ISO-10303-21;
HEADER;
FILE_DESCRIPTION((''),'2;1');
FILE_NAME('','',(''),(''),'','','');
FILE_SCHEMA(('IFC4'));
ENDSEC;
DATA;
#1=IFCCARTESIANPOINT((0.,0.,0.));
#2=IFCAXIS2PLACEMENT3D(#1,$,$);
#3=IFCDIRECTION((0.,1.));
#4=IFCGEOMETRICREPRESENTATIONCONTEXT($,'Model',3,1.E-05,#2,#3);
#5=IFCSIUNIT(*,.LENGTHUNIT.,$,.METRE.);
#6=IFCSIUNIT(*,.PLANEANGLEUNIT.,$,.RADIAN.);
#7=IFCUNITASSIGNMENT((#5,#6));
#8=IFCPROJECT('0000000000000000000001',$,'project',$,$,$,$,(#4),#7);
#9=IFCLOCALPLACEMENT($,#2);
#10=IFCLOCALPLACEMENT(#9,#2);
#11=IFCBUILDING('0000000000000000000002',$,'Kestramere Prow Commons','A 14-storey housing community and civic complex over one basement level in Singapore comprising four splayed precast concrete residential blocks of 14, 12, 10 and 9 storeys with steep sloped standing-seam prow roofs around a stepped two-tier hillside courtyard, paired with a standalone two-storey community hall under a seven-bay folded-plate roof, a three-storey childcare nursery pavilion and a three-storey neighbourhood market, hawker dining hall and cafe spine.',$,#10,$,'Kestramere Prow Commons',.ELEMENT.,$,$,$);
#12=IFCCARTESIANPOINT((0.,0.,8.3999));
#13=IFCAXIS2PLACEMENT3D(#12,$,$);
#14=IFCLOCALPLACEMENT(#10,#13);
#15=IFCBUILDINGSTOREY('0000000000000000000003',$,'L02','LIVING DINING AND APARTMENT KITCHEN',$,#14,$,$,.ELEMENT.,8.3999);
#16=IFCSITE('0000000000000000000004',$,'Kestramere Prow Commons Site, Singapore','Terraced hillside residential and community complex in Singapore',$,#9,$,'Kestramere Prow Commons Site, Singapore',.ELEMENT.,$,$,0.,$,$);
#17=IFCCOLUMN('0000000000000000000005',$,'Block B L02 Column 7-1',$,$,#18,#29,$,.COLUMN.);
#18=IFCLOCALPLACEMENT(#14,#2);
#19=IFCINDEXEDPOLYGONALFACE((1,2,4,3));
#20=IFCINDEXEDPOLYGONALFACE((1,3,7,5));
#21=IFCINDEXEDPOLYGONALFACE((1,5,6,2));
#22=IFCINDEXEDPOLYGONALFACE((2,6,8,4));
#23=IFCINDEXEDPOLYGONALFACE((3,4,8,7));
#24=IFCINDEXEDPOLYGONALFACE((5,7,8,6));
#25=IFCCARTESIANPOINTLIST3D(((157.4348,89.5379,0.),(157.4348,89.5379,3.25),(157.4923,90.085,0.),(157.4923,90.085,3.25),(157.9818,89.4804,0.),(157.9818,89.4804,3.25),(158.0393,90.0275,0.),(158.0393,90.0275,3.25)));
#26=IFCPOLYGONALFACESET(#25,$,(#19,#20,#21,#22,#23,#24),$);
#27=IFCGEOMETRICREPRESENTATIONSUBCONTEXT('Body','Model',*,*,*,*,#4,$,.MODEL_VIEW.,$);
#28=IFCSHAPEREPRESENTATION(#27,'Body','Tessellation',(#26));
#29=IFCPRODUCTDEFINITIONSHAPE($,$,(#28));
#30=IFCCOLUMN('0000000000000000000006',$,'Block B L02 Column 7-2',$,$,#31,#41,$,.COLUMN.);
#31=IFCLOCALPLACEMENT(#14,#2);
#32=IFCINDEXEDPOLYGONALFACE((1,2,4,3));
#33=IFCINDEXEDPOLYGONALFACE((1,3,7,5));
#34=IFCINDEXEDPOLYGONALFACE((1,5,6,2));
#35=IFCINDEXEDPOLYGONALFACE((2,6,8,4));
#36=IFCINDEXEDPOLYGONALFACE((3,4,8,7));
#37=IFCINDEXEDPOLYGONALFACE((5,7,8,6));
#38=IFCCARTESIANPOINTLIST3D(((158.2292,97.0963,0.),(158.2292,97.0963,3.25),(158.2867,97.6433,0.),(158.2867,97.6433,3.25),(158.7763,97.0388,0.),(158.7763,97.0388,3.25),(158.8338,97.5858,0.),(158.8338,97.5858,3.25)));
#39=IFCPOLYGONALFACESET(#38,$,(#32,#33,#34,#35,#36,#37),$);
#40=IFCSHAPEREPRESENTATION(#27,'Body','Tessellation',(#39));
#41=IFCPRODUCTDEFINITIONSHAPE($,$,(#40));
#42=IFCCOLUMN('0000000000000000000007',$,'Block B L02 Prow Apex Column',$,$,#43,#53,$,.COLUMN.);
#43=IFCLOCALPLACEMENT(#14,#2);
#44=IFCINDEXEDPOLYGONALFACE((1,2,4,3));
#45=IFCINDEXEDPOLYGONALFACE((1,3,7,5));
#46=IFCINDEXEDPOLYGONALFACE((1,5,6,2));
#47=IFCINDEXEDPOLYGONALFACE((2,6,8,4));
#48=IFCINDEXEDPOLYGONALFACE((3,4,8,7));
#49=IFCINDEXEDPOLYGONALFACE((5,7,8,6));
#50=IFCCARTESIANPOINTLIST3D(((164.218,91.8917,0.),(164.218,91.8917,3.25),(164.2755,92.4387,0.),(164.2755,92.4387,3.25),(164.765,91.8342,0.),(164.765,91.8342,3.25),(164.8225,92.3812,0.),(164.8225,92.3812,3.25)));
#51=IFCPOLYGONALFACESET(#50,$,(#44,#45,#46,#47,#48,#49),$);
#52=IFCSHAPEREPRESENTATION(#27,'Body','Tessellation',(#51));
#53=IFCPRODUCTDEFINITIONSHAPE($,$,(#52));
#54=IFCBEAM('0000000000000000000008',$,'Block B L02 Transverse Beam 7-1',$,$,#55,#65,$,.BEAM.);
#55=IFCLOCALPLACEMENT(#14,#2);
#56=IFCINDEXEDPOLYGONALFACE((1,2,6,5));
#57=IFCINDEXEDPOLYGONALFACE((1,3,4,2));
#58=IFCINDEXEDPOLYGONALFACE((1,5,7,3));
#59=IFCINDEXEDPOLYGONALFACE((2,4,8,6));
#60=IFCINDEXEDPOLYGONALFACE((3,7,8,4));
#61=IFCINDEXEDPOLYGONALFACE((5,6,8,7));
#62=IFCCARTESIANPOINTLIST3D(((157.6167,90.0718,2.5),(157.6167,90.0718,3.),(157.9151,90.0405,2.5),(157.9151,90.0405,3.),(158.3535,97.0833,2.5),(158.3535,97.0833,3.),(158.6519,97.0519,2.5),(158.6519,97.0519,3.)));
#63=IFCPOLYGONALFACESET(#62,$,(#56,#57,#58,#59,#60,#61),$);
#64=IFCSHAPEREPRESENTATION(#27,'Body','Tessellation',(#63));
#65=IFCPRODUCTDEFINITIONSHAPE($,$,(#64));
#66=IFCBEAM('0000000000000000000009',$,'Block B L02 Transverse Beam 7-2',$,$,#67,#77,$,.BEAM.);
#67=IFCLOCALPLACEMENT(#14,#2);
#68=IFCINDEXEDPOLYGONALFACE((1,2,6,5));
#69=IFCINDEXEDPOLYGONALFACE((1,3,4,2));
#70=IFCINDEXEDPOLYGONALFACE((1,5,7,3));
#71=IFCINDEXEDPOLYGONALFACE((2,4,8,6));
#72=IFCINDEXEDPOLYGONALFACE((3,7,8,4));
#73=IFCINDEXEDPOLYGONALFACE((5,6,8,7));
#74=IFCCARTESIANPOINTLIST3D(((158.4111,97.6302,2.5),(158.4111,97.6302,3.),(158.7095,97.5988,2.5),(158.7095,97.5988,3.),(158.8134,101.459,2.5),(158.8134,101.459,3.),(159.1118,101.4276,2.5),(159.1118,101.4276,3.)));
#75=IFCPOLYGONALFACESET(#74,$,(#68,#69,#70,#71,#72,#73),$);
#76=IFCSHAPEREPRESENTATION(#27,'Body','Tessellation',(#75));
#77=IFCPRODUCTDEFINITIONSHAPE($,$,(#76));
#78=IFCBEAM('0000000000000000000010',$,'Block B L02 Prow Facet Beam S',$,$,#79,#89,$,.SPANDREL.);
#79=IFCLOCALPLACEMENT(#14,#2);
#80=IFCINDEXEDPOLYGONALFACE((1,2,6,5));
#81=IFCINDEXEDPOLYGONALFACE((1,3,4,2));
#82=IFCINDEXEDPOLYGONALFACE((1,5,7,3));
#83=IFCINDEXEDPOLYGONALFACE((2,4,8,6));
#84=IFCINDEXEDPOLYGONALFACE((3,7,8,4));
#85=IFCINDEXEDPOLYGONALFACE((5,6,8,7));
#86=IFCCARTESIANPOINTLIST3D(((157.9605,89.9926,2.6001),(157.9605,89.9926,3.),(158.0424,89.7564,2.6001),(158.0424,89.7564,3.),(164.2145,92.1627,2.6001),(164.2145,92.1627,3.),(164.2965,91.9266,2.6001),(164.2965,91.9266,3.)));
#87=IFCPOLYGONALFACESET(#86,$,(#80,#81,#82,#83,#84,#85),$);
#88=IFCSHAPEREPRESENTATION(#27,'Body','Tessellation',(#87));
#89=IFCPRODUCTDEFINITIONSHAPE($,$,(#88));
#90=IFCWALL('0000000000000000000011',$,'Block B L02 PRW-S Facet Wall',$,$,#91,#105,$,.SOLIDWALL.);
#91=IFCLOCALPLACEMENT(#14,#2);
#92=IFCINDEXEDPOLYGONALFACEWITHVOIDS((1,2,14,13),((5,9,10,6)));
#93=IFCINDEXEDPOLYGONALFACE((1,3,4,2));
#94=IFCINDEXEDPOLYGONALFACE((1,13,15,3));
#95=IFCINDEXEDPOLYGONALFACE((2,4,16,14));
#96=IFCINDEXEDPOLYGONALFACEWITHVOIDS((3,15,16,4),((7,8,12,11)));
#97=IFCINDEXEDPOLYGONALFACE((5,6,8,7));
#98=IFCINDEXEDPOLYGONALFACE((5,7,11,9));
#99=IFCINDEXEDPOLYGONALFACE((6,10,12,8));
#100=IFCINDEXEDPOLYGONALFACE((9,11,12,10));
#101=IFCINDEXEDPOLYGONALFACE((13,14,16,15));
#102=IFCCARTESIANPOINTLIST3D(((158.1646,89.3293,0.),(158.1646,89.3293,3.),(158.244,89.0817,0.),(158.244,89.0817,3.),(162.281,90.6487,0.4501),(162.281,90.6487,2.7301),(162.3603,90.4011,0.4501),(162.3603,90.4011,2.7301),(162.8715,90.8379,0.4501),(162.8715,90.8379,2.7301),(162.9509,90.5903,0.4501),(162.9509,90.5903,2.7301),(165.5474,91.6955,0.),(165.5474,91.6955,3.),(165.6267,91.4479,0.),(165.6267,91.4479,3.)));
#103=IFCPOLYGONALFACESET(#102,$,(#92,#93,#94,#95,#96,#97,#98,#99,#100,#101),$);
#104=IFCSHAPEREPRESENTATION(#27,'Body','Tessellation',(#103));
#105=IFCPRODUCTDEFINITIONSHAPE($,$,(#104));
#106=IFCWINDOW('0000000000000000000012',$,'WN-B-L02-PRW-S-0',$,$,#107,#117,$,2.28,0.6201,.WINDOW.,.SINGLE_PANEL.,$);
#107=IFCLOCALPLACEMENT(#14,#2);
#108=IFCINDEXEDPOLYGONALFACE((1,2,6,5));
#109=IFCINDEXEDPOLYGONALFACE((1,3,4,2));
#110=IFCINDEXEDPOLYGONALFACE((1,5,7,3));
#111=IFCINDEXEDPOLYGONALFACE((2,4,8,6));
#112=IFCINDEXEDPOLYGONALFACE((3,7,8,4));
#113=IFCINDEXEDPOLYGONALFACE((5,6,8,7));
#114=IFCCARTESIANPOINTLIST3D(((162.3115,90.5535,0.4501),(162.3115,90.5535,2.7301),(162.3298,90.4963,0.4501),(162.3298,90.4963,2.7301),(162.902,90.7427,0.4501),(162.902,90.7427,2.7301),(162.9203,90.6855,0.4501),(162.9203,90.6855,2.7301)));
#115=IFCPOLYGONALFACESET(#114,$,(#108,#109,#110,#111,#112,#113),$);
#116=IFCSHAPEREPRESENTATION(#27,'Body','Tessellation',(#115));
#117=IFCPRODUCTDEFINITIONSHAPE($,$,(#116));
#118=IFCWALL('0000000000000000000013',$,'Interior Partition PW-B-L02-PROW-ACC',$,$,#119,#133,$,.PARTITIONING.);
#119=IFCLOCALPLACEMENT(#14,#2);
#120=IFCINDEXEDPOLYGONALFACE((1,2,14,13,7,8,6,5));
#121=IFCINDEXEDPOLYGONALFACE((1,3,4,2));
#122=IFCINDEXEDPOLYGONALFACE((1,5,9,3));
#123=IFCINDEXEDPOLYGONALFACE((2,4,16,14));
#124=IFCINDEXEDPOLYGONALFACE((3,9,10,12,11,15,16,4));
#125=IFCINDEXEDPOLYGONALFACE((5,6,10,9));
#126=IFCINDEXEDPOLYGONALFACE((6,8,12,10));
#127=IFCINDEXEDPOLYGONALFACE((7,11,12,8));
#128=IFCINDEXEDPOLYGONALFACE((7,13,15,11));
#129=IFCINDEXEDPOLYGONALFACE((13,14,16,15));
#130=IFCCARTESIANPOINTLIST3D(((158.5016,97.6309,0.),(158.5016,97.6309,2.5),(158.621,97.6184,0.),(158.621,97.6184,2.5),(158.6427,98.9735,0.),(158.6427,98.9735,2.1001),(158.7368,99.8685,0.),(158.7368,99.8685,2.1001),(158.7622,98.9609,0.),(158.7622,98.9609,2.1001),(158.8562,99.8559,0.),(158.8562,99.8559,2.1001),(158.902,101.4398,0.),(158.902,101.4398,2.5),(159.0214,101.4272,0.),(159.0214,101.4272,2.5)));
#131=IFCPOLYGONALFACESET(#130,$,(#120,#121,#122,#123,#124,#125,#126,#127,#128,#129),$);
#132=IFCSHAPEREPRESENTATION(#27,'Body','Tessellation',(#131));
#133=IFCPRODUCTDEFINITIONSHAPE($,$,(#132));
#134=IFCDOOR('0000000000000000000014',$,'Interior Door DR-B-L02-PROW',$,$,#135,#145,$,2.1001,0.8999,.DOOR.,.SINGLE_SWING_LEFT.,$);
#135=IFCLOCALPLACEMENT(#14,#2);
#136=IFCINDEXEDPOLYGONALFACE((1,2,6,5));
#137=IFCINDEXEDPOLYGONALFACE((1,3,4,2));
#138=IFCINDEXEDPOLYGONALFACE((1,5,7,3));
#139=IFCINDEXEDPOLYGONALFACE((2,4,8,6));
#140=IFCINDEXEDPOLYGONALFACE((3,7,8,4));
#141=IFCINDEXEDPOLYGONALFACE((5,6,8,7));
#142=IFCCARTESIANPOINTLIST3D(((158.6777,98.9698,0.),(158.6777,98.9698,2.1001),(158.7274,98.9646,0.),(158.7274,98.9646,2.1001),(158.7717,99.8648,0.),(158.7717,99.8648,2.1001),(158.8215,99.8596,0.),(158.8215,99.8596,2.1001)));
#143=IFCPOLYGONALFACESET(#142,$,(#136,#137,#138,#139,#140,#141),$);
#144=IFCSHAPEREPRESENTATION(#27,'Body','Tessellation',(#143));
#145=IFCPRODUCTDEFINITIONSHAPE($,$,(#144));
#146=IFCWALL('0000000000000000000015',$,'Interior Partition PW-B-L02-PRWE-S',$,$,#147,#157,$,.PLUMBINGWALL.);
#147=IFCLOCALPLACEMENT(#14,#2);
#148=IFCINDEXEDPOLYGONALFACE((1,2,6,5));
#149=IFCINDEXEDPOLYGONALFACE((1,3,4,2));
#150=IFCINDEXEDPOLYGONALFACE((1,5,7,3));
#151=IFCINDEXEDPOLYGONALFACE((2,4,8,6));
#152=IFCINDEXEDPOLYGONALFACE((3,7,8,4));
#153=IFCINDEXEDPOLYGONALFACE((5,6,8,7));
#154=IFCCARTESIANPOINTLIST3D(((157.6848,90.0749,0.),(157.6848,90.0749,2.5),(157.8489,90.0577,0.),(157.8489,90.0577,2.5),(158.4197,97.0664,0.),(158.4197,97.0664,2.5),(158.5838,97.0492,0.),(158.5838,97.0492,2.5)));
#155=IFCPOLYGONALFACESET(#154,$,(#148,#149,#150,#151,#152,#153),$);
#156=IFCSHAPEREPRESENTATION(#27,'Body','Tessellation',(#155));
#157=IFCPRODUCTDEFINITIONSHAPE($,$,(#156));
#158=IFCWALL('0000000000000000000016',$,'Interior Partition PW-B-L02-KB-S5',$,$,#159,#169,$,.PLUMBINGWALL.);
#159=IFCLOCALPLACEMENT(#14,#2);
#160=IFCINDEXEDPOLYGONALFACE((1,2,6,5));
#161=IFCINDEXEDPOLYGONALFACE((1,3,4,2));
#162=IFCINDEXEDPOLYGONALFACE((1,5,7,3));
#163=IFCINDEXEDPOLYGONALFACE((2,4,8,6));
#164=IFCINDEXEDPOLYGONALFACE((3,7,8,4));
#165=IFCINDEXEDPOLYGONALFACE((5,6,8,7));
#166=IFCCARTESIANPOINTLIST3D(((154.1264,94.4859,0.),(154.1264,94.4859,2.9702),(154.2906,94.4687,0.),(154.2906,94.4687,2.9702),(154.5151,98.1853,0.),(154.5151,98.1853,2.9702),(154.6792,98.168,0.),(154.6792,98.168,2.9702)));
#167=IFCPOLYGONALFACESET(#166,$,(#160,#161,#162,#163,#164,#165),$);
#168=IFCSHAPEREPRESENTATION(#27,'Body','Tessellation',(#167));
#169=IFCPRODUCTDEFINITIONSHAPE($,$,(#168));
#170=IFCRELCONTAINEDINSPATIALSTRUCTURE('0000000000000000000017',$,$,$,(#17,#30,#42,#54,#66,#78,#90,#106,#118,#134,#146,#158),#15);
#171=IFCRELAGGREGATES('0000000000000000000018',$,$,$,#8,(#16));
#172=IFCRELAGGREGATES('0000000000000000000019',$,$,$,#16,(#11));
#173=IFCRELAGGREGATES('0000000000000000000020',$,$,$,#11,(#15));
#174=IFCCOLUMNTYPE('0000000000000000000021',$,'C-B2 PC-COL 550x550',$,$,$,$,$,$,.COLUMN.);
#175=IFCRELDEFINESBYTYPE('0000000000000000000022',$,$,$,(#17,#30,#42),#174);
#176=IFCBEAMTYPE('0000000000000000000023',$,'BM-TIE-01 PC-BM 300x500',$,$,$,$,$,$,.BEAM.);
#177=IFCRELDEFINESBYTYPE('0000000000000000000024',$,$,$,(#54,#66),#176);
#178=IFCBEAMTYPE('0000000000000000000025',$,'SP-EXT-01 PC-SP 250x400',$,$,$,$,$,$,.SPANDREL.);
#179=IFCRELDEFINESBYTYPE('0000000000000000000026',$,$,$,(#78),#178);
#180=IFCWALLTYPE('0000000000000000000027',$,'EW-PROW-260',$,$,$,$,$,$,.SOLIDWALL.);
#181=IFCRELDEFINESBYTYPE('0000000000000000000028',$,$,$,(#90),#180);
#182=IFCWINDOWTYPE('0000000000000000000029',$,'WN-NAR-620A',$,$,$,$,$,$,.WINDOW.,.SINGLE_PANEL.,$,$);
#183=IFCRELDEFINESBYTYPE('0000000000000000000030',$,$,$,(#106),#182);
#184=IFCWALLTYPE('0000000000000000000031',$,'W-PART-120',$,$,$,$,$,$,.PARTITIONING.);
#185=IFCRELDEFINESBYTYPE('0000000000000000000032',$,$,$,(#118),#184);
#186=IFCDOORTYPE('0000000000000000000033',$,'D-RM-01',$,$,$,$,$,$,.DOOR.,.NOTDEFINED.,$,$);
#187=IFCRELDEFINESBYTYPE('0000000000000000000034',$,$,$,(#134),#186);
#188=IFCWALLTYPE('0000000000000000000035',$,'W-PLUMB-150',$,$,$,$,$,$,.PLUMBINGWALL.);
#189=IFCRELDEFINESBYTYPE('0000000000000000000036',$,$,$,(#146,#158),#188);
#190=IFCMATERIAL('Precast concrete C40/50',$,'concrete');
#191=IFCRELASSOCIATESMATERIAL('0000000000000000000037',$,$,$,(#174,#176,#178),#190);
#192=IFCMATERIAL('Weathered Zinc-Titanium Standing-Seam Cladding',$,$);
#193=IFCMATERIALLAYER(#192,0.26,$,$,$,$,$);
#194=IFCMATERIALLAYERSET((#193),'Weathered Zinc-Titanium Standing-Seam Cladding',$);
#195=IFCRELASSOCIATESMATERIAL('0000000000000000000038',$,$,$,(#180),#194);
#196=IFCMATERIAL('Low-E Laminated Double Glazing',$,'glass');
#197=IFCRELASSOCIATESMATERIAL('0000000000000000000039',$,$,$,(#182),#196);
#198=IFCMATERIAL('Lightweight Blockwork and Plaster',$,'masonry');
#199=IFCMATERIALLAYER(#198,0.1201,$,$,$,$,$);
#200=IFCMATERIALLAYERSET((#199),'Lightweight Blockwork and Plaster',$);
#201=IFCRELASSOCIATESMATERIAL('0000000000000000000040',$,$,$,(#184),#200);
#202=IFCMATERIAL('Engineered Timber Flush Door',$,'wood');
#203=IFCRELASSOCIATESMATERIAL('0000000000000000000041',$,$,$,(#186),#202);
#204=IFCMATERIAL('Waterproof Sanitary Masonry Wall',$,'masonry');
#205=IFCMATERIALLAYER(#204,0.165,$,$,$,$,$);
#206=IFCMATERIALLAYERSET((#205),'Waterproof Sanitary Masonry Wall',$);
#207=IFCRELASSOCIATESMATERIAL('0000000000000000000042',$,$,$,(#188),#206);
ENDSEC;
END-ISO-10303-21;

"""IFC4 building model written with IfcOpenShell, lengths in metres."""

from ifc_helpers import new_model, si_unit, direction, frame, frame_2d, origin, origin_2d, place, context, subcontext, project, spatial, rectangle, extrude, material, layer, layer_set, material_profile, profile_set, type_object, element, fill, save


model = new_model("IFC4")

# Units and contexts
model_context = context("Model", 3, precision=1e-05, world=origin(), true_north=direction((0.0, 1.0)))
body_context = subcontext(model_context, "Body", "Model", "MODEL_VIEW")
ifc_project = project(units=[si_unit("LENGTHUNIT", "METRE"), si_unit("PLANEANGLEUNIT", "RADIAN")], contexts=[model_context])

# Site, building, storey
site_placement = place(None, origin())
site = spatial("IfcSite", under=ifc_project, at=site_placement, Name="Kestramere Prow Commons Site, Singapore", Description="Terraced hillside residential and community complex in Singapore", LongName="Kestramere Prow Commons Site, Singapore", CompositionType="ELEMENT", RefElevation=0.0)
building_placement = place(site_placement, origin())
building = spatial("IfcBuilding", under=site, at=building_placement, Name="Kestramere Prow Commons", Description="A 14-storey housing community and civic complex over one basement level in Singapore comprising four splayed precast concrete residential blocks of 14, 12, 10 and 9 storeys with steep sloped standing-seam prow roofs around a stepped two-tier hillside courtyard, paired with a standalone two-storey community hall under a seven-bay folded-plate roof, a three-storey childcare nursery pavilion and a three-storey neighbourhood market, hawker dining hall and cafe spine.", LongName="Kestramere Prow Commons", CompositionType="ELEMENT")
storey_placement = place(building_placement, frame((0.0, 0.0, 8.3999)))
storey = spatial("IfcBuildingStorey", under=building, at=storey_placement, Name="L02", Description="LIVING DINING AND APARTMENT KITCHEN", CompositionType="ELEMENT", Elevation=8.3999)

# Columns
ifc_material_1 = material(Name="Precast concrete C40/50", Category="concrete")
ifc_material_profile_1 = material_profile(ifc_material_1, rectangle(XDim=0.55, YDim=0.55, at=origin_2d()), Name="PC-COL 550x550")
ifc_profile_set_1 = profile_set([ifc_material_profile_1], Name="Precast concrete C40/50")
column_type = type_object("IfcColumnType", Name="C-B2 PC-COL 550x550", PredefinedType="COLUMN", material=ifc_profile_set_1)
for number, where, z_axis, x_axis, name in (
    (1, (157.7371, 89.7827, 0.0), (0.0, 0.0, 1.0), (0.994522, -0.104528, 0.0), "Block B L02 Column 7-1"),
    (2, (158.5315, 97.3411, 0.0), (0.0, 0.0, 1.0), (0.994522, -0.104528, 0.0), "Block B L02 Column 7-2"),
    (3, (164.5203, 92.1365, 0.0), (0.0, 0.0, 1.0), (0.994522, -0.104528, 0.0), "Block B L02 Prow Apex Column"),
):
    element("IfcColumn", number, at=place(storey_placement, frame(where, z_axis=z_axis, x_axis=x_axis)), inside=storey, type_object=column_type, Name=name, PredefinedType="COLUMN", context=body_context, shape_type="SweptSolid", body=[
        extrude(rectangle(XDim=0.55, YDim=0.55, at=origin_2d()), origin(), (0.0, 0.0, 1.0), 3.25),
    ])

# Beams
ifc_material_profile_2 = material_profile(ifc_material_1, rectangle(XDim=0.3, YDim=0.5, at=origin_2d()), Name="PC-BM 300x500")
ifc_profile_set_2 = profile_set([ifc_material_profile_2], Name="Precast concrete C40/50")
beam_type_1 = type_object("IfcBeamType", Name="BM-TIE-01 PC-BM 300x500", PredefinedType="BEAM", material=ifc_profile_set_2)
beam_1_placement = place(storey_placement, frame((157.7659, 90.0562, 2.75), z_axis=(0.104512, 0.994524, 0.0), x_axis=(-0.994524, 0.104512, 0.0)))
element("IfcBeam", 4, at=beam_1_placement, inside=storey, type_object=beam_type_1, Name="Block B L02 Transverse Beam 7-1", PredefinedType="BEAM", context=body_context, shape_type="SweptSolid", body=[
    extrude(rectangle(XDim=0.3, YDim=0.5, at=origin_2d()), origin(), (0.0, 0.0, 1.0), 7.05),
])
beam_2_placement = place(storey_placement, frame((158.5603, 97.6145, 2.75), z_axis=(0.104507, 0.994524, 0.0), x_axis=(-0.994524, 0.104507, 0.0)))
element("IfcBeam", 5, at=beam_2_placement, inside=storey, type_object=beam_type_1, Name="Block B L02 Transverse Beam 7-2", PredefinedType="BEAM", context=body_context, shape_type="SweptSolid", body=[
    extrude(rectangle(XDim=0.3, YDim=0.5, at=origin_2d()), origin(), (0.0, 0.0, 1.0), 3.8499),
])
ifc_material_profile_3 = material_profile(ifc_material_1, rectangle(XDim=0.25, YDim=0.3999, at=origin_2d()), Name="PC-SP 250x400")
ifc_profile_set_3 = profile_set([ifc_material_profile_3], Name="Precast concrete C40/50")
beam_type_2 = type_object("IfcBeamType", Name="SP-EXT-01 PC-SP 250x400", PredefinedType="SPANDREL", material=ifc_profile_set_3)
beam_3_placement = place(storey_placement, frame((158.0015, 89.8745, 2.8), z_axis=(0.94474, 0.327821, 0.0), x_axis=(-0.327821, 0.94474, 0.0)))
element("IfcBeam", 6, at=beam_3_placement, inside=storey, type_object=beam_type_2, Name="Block B L02 Prow Facet Beam S", PredefinedType="SPANDREL", context=body_context, shape_type="SweptSolid", body=[
    extrude(rectangle(XDim=0.25, YDim=0.3999, at=origin_2d()), origin(), (0.0, 0.0, 1.0), 6.6199),
])

# Wall, opening, window
ifc_material_2 = material(Name="Weathered Zinc-Titanium Standing-Seam Cladding")
ifc_layer_1 = layer(ifc_material_2, 0.26)
ifc_layer_set_1 = layer_set([ifc_layer_1], Name="Weathered Zinc-Titanium Standing-Seam Cladding")
wall_type_1 = type_object("IfcWallType", Name="EW-PROW-260", PredefinedType="SOLIDWALL", material=ifc_layer_set_1)
wall_1_placement = place(storey_placement, frame((165.5872, 91.5718, 0.0), z_axis=(0.0, 0.0, 1.0), x_axis=(-0.952285, -0.30521, 0.0)))
wall_1 = element("IfcWall", 7, at=wall_1_placement, inside=storey, type_object=wall_type_1, Name="Block B L02 PRW-S Facet Wall", PredefinedType="SOLIDWALL", context=body_context, shape_type="SweptSolid", body=[
    extrude(rectangle(XDim=7.7527, YDim=0.26, at=frame_2d((3.8765, 0.0))), origin(), (0.0, 0.0, 1.0), 3.0),
])
opening_1_placement = place(wall_1_placement, frame((2.8101, 0.0, 0.45)))
opening_1 = element("IfcOpeningElement", 8, at=opening_1_placement, cuts=wall_1, PredefinedType="OPENING", context=body_context, shape_type="SweptSolid", body=[
    extrude(rectangle(XDim=0.6201, YDim=2.28, at=frame_2d((0.3101, 1.1401))), frame((0.0, 0.145, 0.0), z_axis=(0.0, -1.0, 0.0), x_axis=(1.0, 0.0, 0.0)), (0.0, 0.0, 1.0), 0.29),
])
ifc_material_3 = material(Name="Low-E Laminated Double Glazing", Category="glass")
window_type = type_object("IfcWindowType", Name="WN-NAR-620A", PartitioningType="SINGLE_PANEL", PredefinedType="WINDOW", material=ifc_material_3)
window_placement = place(opening_1_placement, origin())
window = element("IfcWindow", 9, at=window_placement, inside=storey, type_object=window_type, Name="WN-B-L02-PRW-S-0", OverallHeight=2.28, OverallWidth=0.6201, PartitioningType="SINGLE_PANEL", PredefinedType="WINDOW", context=body_context, shape_type="SweptSolid", body=[
    extrude(rectangle(XDim=0.6201, YDim=2.28, at=frame_2d((0.3101, 1.1401))), frame((0.0, 0.03, 0.0), z_axis=(0.0, -1.0, 0.0), x_axis=(1.0, 0.0, 0.0)), (0.0, 0.0, 1.0), 0.0601),
])
fill(opening_1, window)

# Wall, opening, door
ifc_material_4 = material(Name="Lightweight Blockwork and Plaster", Category="masonry")
ifc_layer_2 = layer(ifc_material_4, 0.1201)
ifc_layer_set_2 = layer_set([ifc_layer_2], Name="Lightweight Blockwork and Plaster")
wall_type_2 = type_object("IfcWallType", Name="W-PART-120", PredefinedType="PARTITIONING", material=ifc_layer_set_2)
wall_2_placement = place(storey_placement, frame((158.5613, 97.6245, 0.0), z_axis=(0.0, 0.0, 1.0), x_axis=(0.104545, 0.99452, 0.0)))
wall_2 = element("IfcWall", 10, at=wall_2_placement, inside=storey, type_object=wall_type_2, Name="Interior Partition PW-B-L02-PROW-ACC", PredefinedType="PARTITIONING", context=body_context, shape_type="SweptSolid", body=[
    extrude(rectangle(XDim=3.8298, YDim=0.1201, at=frame_2d((1.915, 0.0))), origin(), (0.0, 0.0, 1.0), 2.5),
])
opening_2_placement = place(wall_2_placement, frame((1.3501, 0.0, 0.0)))
opening_2 = element("IfcOpeningElement", 11, at=opening_2_placement, cuts=wall_2, PredefinedType="OPENING", context=body_context, shape_type="SweptSolid", body=[
    extrude(rectangle(XDim=0.8999, YDim=2.1001, at=frame_2d((0.45, 1.05))), frame((0.0, 0.075, 0.0), z_axis=(0.0, -1.0, 0.0), x_axis=(1.0, 0.0, 0.0)), (0.0, 0.0, 1.0), 0.1501),
])
ifc_material_5 = material(Name="Engineered Timber Flush Door", Category="wood")
door_type = type_object("IfcDoorType", Name="D-RM-01", OperationType="NOTDEFINED", PredefinedType="DOOR", material=ifc_material_5)
door_placement = place(opening_2_placement, origin())
door = element("IfcDoor", 12, at=door_placement, inside=storey, type_object=door_type, Name="Interior Door DR-B-L02-PROW", OperationType="SINGLE_SWING_LEFT", OverallHeight=2.1001, OverallWidth=0.8999, PredefinedType="DOOR", context=body_context, shape_type="SweptSolid", body=[
    extrude(rectangle(XDim=0.8999, YDim=2.1001, at=frame_2d((0.45, 1.05))), frame((0.0, 0.0249, 0.0), z_axis=(0.0, -1.0, 0.0), x_axis=(1.0, 0.0, 0.0)), (0.0, 0.0, 1.0), 0.05),
])
fill(opening_2, door)

# Walls
ifc_material_6 = material(Name="Waterproof Sanitary Masonry Wall", Category="masonry")
ifc_layer_3 = layer(ifc_material_6, 0.165)
ifc_layer_set_3 = layer_set([ifc_layer_3], Name="Waterproof Sanitary Masonry Wall")
wall_type_3 = type_object("IfcWallType", Name="W-PLUMB-150", PredefinedType="PLUMBINGWALL", material=ifc_layer_set_3)
wall_3_placement = place(storey_placement, frame((157.7668, 90.0662, 0.0), z_axis=(0.0, 0.0, 1.0), x_axis=(0.104533, 0.994521, 0.0)))
element("IfcWall", 13, at=wall_3_placement, inside=storey, type_object=wall_type_3, Name="Interior Partition PW-B-L02-PRWE-S", PredefinedType="PLUMBINGWALL", context=body_context, shape_type="SweptSolid", body=[
    extrude(rectangle(XDim=7.03, YDim=0.165, at=frame_2d((3.5151, 0.0))), origin(), (0.0, 0.0, 1.0), 2.5),
])
wall_4_placement = place(storey_placement, frame((154.2085, 94.4773, 0.0), z_axis=(0.0, 0.0, 1.0), x_axis=(0.104487, 0.994526, 0.0)))
element("IfcWall", 14, at=wall_4_placement, inside=storey, type_object=wall_type_3, Name="Interior Partition PW-B-L02-KB-S5", PredefinedType="PLUMBINGWALL", context=body_context, shape_type="SweptSolid", body=[
    extrude(rectangle(XDim=3.7197, YDim=0.165, at=frame_2d((1.8599, 0.0))), origin(), (0.0, 0.0, 1.0), 2.9702),
])

save(model, "model.ifc")
